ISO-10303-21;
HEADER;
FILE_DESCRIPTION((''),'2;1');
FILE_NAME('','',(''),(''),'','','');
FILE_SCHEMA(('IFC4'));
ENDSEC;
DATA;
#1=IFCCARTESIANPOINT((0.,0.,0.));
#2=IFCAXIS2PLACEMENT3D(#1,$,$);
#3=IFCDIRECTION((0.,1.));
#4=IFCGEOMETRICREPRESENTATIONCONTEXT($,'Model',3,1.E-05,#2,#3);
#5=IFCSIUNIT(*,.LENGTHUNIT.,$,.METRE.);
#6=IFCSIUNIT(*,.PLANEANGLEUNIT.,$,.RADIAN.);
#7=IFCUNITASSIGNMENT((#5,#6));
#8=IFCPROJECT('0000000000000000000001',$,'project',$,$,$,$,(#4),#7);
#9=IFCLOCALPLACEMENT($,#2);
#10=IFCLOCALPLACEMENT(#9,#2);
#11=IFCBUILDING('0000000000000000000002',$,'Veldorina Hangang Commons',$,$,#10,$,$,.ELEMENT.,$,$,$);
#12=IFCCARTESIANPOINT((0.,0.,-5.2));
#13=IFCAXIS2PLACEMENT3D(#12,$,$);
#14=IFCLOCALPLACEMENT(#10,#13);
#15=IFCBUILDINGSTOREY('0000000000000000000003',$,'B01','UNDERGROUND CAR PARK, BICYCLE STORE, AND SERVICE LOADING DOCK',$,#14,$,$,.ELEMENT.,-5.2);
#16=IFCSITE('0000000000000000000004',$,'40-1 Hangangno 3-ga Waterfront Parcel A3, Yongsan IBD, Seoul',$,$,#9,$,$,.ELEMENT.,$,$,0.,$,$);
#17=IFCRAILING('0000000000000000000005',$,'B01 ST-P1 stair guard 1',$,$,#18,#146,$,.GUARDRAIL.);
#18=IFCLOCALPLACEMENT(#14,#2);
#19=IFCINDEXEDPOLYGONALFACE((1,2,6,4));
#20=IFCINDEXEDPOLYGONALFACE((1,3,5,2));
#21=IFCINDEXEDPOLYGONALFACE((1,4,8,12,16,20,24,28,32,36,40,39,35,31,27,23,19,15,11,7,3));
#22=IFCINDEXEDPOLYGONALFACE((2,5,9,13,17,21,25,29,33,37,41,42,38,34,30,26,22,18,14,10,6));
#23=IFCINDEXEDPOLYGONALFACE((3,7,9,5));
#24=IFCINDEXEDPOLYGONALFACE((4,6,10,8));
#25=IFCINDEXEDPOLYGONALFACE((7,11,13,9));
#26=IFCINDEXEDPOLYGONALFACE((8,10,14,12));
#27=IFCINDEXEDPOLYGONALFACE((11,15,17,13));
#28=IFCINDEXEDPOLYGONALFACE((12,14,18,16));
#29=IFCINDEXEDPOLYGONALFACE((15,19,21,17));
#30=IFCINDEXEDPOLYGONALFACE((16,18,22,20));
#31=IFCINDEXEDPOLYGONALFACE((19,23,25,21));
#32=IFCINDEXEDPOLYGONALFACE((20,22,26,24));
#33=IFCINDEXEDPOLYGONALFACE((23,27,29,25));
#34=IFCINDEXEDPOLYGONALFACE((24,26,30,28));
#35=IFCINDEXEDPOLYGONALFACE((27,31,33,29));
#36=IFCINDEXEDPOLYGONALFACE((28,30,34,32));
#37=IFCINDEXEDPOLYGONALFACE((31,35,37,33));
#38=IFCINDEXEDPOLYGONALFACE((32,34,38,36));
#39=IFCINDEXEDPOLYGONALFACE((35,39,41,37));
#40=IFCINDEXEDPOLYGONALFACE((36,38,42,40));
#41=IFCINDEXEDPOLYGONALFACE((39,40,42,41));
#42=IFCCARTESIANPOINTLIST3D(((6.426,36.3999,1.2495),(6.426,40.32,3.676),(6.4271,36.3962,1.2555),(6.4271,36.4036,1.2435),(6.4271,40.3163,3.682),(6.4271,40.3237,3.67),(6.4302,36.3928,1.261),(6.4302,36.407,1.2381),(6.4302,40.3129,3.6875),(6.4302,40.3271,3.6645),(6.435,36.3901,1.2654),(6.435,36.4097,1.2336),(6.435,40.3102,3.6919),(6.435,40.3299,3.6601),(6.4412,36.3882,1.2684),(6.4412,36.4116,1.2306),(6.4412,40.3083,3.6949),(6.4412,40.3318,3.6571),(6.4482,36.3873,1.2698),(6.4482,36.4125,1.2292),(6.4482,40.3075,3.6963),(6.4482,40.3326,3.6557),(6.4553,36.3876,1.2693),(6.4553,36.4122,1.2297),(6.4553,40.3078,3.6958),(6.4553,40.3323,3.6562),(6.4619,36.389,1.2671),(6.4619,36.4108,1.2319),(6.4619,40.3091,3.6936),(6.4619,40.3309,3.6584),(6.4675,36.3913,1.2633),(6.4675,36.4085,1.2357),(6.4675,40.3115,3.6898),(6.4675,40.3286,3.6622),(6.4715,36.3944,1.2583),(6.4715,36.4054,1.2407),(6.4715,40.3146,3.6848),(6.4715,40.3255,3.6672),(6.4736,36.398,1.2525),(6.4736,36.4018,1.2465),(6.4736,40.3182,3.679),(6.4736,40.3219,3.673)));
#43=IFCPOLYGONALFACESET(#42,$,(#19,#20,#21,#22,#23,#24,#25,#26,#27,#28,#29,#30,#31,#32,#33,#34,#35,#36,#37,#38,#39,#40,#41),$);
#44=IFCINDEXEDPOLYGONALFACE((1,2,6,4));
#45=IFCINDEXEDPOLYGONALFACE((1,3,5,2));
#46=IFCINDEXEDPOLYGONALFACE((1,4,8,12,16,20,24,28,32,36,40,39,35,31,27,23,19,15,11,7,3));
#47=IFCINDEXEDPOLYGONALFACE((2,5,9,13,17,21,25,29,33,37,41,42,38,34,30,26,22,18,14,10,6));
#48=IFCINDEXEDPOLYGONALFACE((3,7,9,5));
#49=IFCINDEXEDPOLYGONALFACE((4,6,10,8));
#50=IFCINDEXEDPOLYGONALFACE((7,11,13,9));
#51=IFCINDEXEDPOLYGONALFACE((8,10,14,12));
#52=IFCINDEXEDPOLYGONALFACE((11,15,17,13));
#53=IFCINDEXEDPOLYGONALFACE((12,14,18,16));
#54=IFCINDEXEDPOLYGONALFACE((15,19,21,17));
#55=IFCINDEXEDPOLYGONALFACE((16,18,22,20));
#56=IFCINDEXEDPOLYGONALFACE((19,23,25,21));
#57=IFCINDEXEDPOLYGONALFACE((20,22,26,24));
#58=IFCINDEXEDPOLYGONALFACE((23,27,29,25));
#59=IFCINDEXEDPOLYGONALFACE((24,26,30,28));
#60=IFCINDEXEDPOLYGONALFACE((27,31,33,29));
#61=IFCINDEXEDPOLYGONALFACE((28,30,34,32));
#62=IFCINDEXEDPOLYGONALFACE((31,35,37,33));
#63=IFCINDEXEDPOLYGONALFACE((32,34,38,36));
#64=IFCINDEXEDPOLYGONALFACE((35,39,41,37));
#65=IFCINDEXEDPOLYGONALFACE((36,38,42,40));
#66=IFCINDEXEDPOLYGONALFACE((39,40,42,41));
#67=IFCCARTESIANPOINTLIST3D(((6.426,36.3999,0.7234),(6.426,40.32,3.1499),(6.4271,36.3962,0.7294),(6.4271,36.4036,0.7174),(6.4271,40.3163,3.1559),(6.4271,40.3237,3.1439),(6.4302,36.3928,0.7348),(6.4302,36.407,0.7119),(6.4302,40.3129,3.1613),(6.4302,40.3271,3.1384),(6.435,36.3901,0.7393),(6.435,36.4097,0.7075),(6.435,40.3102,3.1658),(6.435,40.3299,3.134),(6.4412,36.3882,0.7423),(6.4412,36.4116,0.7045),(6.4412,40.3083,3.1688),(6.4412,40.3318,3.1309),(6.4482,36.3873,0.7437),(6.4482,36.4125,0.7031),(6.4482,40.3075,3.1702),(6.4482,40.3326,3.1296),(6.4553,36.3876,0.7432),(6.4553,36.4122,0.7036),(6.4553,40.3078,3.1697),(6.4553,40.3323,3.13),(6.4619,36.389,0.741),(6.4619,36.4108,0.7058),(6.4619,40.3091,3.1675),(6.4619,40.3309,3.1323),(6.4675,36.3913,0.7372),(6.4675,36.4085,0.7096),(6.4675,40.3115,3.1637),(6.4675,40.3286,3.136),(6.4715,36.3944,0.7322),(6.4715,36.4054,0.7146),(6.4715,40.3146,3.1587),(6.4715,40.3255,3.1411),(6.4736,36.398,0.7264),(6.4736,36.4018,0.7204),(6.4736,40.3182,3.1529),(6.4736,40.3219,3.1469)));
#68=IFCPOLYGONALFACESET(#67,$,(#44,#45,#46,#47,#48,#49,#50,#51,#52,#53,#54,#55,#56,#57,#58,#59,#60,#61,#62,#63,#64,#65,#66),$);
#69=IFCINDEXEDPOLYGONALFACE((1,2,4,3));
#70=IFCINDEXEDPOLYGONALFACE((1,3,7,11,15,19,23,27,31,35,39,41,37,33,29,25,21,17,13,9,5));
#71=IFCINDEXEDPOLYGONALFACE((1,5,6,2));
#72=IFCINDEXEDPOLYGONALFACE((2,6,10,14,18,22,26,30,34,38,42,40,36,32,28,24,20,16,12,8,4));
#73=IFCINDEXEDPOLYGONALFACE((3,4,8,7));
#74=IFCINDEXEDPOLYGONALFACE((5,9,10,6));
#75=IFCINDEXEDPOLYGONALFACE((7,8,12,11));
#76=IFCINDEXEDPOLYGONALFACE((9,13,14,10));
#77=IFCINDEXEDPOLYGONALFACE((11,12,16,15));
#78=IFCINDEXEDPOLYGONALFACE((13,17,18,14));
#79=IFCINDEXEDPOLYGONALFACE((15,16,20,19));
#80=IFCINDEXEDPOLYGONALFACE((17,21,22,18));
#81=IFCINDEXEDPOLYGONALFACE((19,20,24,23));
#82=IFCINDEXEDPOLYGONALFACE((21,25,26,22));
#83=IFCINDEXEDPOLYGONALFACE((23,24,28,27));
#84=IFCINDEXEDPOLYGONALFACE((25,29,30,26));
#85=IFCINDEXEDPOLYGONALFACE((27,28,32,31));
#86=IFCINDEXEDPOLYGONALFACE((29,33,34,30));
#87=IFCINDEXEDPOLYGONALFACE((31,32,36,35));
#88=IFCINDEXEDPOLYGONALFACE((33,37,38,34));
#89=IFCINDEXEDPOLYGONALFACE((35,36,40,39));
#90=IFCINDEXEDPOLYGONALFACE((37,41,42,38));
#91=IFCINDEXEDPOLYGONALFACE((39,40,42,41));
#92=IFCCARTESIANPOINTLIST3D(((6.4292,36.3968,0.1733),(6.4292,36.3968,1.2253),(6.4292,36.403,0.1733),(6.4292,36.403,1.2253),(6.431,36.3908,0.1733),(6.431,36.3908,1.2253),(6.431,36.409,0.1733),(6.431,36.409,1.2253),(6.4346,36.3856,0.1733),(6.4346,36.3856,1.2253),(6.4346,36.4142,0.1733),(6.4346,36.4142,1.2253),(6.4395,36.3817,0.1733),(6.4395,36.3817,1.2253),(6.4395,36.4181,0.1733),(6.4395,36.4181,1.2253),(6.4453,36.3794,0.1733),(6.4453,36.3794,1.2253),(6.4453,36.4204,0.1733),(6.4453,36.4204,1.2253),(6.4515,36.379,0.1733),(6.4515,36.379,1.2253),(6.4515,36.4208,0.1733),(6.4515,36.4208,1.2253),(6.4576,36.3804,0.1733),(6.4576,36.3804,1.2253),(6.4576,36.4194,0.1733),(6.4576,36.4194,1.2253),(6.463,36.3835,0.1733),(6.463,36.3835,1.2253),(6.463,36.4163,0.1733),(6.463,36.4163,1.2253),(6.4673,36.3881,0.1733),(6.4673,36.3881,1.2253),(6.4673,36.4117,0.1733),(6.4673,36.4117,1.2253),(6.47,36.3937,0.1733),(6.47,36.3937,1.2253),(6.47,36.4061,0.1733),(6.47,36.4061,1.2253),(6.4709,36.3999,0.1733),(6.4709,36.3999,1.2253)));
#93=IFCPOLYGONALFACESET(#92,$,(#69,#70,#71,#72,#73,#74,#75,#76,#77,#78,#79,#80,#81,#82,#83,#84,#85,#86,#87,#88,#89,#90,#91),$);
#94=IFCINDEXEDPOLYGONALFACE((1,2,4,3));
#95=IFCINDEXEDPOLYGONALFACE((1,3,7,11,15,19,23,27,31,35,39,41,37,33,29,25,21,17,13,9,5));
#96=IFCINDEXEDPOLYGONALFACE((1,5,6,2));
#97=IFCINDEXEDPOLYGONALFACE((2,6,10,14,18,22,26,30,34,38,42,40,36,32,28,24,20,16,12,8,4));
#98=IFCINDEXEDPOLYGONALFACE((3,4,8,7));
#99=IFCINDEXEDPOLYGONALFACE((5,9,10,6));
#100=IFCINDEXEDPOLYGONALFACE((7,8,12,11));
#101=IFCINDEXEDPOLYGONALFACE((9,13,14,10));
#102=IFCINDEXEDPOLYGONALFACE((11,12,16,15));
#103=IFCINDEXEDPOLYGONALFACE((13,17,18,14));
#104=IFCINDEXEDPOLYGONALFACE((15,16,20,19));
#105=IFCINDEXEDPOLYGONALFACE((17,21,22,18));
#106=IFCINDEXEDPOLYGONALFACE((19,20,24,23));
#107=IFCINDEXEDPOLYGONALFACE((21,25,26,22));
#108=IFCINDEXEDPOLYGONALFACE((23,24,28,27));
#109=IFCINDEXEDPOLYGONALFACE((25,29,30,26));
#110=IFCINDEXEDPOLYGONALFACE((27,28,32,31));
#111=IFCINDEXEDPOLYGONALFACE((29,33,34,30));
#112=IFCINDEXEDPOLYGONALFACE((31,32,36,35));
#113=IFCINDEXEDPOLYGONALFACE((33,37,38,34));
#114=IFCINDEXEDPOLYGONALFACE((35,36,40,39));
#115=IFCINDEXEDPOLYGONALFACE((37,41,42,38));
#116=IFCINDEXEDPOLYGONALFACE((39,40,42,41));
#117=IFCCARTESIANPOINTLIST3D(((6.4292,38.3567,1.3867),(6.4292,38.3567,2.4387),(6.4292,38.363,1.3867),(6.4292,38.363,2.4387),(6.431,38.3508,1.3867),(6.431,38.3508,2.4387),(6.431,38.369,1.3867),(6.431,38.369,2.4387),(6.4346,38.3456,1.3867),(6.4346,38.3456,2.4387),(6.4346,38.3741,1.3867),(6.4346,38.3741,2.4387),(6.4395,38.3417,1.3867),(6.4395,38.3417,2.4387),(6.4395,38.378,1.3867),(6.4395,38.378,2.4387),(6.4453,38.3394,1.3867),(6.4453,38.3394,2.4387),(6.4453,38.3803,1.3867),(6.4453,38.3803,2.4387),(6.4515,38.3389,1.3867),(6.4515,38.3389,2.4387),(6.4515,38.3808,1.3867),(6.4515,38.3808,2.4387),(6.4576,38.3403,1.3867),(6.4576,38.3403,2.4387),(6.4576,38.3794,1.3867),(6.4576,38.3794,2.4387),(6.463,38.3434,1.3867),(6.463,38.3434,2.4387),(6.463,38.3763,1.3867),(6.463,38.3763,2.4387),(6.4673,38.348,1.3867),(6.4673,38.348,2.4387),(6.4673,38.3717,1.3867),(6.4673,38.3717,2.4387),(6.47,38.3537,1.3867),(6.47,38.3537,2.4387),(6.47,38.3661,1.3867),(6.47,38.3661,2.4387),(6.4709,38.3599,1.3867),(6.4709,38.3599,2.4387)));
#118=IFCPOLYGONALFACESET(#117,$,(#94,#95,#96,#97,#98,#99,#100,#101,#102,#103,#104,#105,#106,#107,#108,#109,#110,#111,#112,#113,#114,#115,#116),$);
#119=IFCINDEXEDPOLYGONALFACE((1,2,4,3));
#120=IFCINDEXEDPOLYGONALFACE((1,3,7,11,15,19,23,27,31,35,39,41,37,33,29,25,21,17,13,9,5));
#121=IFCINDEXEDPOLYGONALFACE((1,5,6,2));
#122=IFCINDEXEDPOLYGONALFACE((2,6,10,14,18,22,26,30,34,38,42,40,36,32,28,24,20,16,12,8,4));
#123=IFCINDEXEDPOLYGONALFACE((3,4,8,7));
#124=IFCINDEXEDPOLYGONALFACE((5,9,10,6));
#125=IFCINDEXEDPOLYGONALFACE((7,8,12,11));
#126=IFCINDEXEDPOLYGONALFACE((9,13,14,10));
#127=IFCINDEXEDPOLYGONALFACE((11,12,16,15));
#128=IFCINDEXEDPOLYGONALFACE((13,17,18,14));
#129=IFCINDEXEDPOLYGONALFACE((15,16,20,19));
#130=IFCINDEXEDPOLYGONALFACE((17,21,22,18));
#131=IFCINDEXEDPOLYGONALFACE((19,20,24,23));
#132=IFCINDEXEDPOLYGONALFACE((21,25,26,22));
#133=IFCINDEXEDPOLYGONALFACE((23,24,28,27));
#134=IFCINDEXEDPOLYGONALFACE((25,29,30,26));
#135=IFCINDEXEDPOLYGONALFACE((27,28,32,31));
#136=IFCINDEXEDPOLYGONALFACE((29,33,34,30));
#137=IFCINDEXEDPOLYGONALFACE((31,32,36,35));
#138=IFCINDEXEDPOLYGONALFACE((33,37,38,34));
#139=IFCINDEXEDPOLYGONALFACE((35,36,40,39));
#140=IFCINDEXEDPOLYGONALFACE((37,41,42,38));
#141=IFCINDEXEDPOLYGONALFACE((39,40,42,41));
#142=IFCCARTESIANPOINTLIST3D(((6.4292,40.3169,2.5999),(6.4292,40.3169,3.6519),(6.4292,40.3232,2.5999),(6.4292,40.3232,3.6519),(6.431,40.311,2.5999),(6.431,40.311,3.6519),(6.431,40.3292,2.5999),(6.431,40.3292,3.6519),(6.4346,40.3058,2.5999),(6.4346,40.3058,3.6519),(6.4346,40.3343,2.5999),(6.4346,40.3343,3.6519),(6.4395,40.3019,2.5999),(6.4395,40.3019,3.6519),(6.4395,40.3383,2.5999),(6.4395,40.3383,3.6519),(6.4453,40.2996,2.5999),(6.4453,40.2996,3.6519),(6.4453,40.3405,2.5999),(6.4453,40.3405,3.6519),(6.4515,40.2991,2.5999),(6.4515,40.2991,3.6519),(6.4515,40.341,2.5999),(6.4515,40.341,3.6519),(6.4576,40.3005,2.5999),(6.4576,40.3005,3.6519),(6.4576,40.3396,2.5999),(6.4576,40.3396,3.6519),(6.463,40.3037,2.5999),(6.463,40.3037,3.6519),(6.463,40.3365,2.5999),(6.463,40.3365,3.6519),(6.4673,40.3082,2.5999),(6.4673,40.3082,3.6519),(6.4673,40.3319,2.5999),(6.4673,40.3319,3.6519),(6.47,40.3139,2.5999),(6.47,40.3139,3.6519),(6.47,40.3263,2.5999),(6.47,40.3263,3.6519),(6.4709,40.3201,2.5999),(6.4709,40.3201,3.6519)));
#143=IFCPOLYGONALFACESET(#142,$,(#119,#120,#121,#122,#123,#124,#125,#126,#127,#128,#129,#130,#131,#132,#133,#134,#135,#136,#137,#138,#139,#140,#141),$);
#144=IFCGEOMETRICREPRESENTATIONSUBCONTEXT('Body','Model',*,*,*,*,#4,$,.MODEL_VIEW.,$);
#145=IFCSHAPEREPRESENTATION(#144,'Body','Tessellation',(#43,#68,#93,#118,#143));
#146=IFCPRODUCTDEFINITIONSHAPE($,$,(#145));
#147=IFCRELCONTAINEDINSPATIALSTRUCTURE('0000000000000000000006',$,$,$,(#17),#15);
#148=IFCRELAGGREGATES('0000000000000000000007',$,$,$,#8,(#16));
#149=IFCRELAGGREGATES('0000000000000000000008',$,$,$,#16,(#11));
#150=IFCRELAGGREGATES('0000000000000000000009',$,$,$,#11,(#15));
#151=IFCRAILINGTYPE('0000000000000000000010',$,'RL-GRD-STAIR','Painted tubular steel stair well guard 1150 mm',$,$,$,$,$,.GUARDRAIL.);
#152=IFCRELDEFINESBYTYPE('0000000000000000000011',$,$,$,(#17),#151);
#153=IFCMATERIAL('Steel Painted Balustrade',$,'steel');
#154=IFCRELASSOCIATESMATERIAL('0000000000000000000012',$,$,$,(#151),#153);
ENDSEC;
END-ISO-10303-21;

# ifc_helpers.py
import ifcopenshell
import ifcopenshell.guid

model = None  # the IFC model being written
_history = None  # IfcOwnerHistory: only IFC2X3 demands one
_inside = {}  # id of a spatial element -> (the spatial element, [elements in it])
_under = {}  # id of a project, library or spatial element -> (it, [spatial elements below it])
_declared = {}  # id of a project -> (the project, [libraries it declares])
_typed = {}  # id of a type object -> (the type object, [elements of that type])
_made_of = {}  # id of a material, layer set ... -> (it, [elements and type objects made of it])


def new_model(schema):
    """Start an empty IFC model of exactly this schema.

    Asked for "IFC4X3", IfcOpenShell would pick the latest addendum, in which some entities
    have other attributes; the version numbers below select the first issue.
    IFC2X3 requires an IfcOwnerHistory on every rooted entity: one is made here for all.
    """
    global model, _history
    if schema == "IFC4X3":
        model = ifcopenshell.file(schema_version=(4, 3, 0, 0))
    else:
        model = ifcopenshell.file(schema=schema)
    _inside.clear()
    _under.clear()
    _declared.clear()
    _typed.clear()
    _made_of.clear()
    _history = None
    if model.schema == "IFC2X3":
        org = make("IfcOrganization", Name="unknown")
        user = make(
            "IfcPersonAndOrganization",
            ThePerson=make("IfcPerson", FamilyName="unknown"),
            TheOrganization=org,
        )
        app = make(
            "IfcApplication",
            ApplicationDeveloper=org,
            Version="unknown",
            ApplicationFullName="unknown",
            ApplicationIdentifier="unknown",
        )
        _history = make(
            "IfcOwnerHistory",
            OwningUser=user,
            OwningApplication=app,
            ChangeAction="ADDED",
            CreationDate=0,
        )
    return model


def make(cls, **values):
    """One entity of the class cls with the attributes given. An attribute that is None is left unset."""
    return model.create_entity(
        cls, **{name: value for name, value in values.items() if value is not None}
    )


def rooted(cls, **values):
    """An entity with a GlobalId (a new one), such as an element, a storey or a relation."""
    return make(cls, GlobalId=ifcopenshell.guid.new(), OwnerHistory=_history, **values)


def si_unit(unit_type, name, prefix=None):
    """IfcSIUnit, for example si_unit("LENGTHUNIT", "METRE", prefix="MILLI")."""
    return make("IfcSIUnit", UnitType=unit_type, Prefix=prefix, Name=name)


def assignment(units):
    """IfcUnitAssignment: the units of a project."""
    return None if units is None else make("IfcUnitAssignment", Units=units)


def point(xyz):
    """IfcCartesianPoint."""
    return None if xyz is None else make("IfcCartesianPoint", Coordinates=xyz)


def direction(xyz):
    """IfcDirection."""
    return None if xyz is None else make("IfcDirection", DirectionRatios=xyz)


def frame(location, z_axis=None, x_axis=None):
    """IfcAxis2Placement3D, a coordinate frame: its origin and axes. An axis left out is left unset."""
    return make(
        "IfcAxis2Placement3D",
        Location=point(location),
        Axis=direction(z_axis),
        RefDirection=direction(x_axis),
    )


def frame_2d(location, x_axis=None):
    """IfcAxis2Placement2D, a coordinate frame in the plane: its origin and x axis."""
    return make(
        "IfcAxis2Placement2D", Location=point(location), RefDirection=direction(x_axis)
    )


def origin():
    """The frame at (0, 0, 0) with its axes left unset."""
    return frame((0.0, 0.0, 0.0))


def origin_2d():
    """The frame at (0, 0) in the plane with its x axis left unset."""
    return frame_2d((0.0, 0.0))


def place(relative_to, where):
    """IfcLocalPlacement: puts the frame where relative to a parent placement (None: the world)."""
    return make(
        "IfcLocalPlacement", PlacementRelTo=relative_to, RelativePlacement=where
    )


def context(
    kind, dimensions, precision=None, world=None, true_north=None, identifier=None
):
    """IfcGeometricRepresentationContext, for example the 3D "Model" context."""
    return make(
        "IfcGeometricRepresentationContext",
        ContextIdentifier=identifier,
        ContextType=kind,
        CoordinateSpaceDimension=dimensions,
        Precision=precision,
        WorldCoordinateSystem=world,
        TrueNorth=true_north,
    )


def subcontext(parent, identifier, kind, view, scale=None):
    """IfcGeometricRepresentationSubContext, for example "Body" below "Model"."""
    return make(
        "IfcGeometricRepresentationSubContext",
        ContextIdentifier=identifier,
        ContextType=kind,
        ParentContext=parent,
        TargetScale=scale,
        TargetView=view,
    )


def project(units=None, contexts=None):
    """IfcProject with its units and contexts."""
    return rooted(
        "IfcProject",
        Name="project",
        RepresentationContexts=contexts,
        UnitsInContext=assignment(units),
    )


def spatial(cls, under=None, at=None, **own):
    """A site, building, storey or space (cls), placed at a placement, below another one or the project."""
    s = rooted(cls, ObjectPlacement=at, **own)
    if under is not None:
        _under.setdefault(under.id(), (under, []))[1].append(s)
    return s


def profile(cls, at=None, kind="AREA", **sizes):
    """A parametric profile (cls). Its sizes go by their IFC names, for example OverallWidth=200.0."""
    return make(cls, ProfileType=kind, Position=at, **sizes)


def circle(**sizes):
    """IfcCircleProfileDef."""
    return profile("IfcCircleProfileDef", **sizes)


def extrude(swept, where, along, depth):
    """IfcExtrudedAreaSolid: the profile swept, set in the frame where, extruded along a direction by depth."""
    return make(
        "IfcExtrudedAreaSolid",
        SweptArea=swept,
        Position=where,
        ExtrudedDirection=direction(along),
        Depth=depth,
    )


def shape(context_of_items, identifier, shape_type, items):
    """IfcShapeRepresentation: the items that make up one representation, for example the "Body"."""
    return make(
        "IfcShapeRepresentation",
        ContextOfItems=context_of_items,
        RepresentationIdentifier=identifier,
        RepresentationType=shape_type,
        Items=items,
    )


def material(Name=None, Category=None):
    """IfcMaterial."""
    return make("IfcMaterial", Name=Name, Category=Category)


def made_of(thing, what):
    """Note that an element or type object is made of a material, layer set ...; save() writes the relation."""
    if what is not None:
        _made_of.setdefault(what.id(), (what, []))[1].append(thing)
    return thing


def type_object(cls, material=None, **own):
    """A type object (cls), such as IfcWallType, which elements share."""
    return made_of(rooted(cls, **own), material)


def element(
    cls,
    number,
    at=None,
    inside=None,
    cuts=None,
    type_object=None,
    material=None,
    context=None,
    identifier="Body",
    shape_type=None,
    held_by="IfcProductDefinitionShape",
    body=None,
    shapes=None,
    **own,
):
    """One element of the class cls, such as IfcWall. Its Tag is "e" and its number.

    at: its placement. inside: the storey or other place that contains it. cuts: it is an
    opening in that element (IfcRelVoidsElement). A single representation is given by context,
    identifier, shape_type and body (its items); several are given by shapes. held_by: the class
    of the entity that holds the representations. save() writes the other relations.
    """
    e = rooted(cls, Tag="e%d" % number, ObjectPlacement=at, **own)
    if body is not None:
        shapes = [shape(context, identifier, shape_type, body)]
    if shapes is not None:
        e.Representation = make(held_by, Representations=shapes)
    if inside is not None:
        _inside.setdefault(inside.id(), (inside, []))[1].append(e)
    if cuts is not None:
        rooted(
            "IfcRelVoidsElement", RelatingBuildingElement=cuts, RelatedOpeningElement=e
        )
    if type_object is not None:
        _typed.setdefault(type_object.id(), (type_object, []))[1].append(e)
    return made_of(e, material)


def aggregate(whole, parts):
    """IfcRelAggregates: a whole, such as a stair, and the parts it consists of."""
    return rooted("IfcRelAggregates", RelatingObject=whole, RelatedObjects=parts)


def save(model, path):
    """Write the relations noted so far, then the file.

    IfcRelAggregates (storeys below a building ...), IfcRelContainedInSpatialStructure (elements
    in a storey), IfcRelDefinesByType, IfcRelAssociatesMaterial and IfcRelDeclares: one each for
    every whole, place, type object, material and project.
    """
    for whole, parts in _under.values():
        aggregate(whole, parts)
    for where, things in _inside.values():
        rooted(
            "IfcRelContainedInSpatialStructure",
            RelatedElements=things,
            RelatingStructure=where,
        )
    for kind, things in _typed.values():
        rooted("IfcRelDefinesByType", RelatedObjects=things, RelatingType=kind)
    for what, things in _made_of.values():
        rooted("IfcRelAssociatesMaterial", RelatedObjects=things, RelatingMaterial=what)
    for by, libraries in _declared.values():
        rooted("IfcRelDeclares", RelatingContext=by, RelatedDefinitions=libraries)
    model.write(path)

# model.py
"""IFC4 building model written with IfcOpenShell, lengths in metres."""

from ifc_helpers import new_model, si_unit, direction, frame, origin, origin_2d, place, context, subcontext, project, spatial, circle, extrude, material, type_object, element, save


model = new_model("IFC4")

# Units and contexts
model_context = context("Model", 3, precision=1e-05, world=origin(), true_north=direction((0.0, 1.0)))
body_context = subcontext(model_context, "Body", "Model", "MODEL_VIEW")
ifc_project = project(units=[si_unit("LENGTHUNIT", "METRE"), si_unit("PLANEANGLEUNIT", "RADIAN")], contexts=[model_context])

# Site, building, storey
site_placement = place(None, origin())
site = spatial("IfcSite", under=ifc_project, at=site_placement, Name="40-1 Hangangno 3-ga Waterfront Parcel A3, Yongsan IBD, Seoul", CompositionType="ELEMENT", RefElevation=0.0)
building_placement = place(site_placement, origin())
building = spatial("IfcBuilding", under=site, at=building_placement, Name="Veldorina Hangang Commons", CompositionType="ELEMENT")
storey_placement = place(building_placement, frame((0.0, 0.0, -5.2)))
storey = spatial("IfcBuildingStorey", under=building, at=storey_placement, Name="B01", Description="UNDERGROUND CAR PARK, BICYCLE STORE, AND SERVICE LOADING DOCK", CompositionType="ELEMENT", Elevation=-5.2)

# Railing
ifc_material_1 = material(Name="Steel Painted Balustrade", Category="steel")
railing_type_1 = type_object("IfcRailingType", Name="RL-GRD-STAIR", Description="Painted tubular steel stair well guard 1150 mm", PredefinedType="GUARDRAIL", material=ifc_material_1)
railing_1_placement = place(storey_placement, frame((6.45, 36.3999, 0.1733)))
element("IfcRailing", 1, at=railing_1_placement, inside=storey, type_object=railing_type_1, Name="B01 ST-P1 stair guard 1", PredefinedType="GUARDRAIL", context=body_context, shape_type="SweptSolid", body=[
    extrude(circle(Radius=0.0239, at=origin_2d()), frame((0.0, 0.0, 1.0762), z_axis=(0.0, 0.85029, 0.526315), x_axis=(-1.0, 0.0, 0.0)), (0.0, 0.0, 1.0), 4.6104),
    extrude(circle(Radius=0.0239, at=origin_2d()), frame((0.0, 0.0, 0.55), z_axis=(0.0, 0.85029, 0.526315), x_axis=(-1.0, 0.0, 0.0)), (0.0, 0.0, 1.0), 4.6104),
    extrude(circle(Radius=0.021, at=origin_2d()), origin(), (0.0, 0.0, 1.0), 1.052),
    extrude(circle(Radius=0.021, at=origin_2d()), frame((0.0, 1.96, 1.2134)), (0.0, 0.0, 1.0), 1.052),
    extrude(circle(Radius=0.021, at=origin_2d()), frame((0.0, 3.9202, 2.4265)), (0.0, 0.0, 1.0), 1.052),
])

save(model, "model.ifc")
